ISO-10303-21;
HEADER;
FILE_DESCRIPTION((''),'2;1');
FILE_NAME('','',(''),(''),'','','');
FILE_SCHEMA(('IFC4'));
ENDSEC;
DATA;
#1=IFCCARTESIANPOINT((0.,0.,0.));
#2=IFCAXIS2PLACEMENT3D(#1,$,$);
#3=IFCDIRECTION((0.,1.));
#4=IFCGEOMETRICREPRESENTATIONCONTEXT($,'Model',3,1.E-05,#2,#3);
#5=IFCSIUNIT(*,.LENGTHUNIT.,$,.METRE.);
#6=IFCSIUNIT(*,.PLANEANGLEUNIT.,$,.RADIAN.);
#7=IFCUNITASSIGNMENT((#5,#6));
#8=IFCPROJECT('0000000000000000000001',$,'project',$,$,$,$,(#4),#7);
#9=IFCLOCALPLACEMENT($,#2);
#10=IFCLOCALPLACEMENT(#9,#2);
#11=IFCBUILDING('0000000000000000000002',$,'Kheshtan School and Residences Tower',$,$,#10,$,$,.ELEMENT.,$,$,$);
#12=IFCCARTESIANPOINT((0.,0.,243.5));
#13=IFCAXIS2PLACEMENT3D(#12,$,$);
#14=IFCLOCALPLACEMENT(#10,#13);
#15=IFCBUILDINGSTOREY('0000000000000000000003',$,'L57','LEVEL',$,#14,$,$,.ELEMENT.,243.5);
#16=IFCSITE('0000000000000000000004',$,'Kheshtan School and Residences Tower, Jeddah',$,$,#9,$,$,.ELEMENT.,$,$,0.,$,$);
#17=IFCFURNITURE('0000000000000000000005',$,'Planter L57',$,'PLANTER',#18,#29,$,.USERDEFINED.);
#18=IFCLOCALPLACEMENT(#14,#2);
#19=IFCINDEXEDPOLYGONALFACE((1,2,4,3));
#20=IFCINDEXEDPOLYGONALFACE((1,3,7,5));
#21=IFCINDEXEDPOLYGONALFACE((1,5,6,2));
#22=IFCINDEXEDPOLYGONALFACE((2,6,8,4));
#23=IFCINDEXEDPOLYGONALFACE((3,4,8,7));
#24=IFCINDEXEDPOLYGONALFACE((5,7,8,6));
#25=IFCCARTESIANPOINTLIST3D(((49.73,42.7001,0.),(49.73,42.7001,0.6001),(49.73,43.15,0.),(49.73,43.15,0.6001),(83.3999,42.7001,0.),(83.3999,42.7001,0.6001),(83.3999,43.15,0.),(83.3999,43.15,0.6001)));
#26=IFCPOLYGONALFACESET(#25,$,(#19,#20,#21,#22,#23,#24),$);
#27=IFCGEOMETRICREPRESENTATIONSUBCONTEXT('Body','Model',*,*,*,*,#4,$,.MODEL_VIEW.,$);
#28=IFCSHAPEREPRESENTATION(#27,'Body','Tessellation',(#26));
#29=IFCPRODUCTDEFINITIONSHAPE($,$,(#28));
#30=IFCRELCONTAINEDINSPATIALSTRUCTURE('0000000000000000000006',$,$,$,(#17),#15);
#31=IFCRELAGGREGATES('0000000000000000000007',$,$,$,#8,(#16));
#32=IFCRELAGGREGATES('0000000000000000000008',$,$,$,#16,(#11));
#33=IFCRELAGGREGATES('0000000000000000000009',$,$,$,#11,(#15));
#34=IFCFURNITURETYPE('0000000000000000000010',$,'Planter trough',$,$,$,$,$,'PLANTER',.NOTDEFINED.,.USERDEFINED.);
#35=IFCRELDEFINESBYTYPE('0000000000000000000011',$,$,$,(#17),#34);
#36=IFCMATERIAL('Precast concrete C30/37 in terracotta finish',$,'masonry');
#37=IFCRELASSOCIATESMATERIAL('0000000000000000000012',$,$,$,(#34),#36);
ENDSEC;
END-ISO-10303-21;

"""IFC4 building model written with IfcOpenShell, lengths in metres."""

from ifc_helpers import new_model, si_unit, direction, frame, origin, origin_2d, place, context, subcontext, project, spatial, rectangle, extrude, material, type_object, element, save


model = new_model("IFC4")

# Units and contexts
model_context = context("Model", 3, precision=1e-05, world=origin(), true_north=direction((0.0, 1.0)))
body_context = subcontext(model_context, "Body", "Model", "MODEL_VIEW")
ifc_project = project(units=[si_unit("LENGTHUNIT", "METRE"), si_unit("PLANEANGLEUNIT", "RADIAN")], contexts=[model_context])

# Site, building, storey
site_placement = place(None, origin())
site = spatial("IfcSite", under=ifc_project, at=site_placement, Name="Kheshtan School and Residences Tower, Jeddah", CompositionType="ELEMENT", RefElevation=0.0)
building_placement = place(site_placement, origin())
building = spatial("IfcBuilding", under=site, at=building_placement, Name="Kheshtan School and Residences Tower", CompositionType="ELEMENT")
storey_placement = place(building_placement, frame((0.0, 0.0, 243.5)))
storey = spatial("IfcBuildingStorey", under=building, at=storey_placement, Name="L57", Description="LEVEL", CompositionType="ELEMENT", Elevation=243.5)

# Furniture
ifc_material_1 = material(Name="Precast concrete C30/37 in terracotta finish", Category="masonry")
furniture_type = type_object("IfcFurnitureType", Name="Planter trough", ElementType="PLANTER", AssemblyPlace="NOTDEFINED", PredefinedType="USERDEFINED", material=ifc_material_1)
furniture_placement = place(storey_placement, frame((66.5649, 42.925, 0.0), z_axis=(0.0, 0.0, 1.0), x_axis=(1.0, 0.0, 0.0)))
element("IfcFurniture", 1, at=furniture_placement, inside=storey, type_object=furniture_type, Name="Planter L57", ObjectType="PLANTER", PredefinedType="USERDEFINED", context=body_context, shape_type="SweptSolid", body=[
    extrude(rectangle(XDim=33.6699, YDim=0.45, at=origin_2d()), origin(), (0.0, 0.0, 1.0), 0.6001),
])

save(model, "model.ifc")
